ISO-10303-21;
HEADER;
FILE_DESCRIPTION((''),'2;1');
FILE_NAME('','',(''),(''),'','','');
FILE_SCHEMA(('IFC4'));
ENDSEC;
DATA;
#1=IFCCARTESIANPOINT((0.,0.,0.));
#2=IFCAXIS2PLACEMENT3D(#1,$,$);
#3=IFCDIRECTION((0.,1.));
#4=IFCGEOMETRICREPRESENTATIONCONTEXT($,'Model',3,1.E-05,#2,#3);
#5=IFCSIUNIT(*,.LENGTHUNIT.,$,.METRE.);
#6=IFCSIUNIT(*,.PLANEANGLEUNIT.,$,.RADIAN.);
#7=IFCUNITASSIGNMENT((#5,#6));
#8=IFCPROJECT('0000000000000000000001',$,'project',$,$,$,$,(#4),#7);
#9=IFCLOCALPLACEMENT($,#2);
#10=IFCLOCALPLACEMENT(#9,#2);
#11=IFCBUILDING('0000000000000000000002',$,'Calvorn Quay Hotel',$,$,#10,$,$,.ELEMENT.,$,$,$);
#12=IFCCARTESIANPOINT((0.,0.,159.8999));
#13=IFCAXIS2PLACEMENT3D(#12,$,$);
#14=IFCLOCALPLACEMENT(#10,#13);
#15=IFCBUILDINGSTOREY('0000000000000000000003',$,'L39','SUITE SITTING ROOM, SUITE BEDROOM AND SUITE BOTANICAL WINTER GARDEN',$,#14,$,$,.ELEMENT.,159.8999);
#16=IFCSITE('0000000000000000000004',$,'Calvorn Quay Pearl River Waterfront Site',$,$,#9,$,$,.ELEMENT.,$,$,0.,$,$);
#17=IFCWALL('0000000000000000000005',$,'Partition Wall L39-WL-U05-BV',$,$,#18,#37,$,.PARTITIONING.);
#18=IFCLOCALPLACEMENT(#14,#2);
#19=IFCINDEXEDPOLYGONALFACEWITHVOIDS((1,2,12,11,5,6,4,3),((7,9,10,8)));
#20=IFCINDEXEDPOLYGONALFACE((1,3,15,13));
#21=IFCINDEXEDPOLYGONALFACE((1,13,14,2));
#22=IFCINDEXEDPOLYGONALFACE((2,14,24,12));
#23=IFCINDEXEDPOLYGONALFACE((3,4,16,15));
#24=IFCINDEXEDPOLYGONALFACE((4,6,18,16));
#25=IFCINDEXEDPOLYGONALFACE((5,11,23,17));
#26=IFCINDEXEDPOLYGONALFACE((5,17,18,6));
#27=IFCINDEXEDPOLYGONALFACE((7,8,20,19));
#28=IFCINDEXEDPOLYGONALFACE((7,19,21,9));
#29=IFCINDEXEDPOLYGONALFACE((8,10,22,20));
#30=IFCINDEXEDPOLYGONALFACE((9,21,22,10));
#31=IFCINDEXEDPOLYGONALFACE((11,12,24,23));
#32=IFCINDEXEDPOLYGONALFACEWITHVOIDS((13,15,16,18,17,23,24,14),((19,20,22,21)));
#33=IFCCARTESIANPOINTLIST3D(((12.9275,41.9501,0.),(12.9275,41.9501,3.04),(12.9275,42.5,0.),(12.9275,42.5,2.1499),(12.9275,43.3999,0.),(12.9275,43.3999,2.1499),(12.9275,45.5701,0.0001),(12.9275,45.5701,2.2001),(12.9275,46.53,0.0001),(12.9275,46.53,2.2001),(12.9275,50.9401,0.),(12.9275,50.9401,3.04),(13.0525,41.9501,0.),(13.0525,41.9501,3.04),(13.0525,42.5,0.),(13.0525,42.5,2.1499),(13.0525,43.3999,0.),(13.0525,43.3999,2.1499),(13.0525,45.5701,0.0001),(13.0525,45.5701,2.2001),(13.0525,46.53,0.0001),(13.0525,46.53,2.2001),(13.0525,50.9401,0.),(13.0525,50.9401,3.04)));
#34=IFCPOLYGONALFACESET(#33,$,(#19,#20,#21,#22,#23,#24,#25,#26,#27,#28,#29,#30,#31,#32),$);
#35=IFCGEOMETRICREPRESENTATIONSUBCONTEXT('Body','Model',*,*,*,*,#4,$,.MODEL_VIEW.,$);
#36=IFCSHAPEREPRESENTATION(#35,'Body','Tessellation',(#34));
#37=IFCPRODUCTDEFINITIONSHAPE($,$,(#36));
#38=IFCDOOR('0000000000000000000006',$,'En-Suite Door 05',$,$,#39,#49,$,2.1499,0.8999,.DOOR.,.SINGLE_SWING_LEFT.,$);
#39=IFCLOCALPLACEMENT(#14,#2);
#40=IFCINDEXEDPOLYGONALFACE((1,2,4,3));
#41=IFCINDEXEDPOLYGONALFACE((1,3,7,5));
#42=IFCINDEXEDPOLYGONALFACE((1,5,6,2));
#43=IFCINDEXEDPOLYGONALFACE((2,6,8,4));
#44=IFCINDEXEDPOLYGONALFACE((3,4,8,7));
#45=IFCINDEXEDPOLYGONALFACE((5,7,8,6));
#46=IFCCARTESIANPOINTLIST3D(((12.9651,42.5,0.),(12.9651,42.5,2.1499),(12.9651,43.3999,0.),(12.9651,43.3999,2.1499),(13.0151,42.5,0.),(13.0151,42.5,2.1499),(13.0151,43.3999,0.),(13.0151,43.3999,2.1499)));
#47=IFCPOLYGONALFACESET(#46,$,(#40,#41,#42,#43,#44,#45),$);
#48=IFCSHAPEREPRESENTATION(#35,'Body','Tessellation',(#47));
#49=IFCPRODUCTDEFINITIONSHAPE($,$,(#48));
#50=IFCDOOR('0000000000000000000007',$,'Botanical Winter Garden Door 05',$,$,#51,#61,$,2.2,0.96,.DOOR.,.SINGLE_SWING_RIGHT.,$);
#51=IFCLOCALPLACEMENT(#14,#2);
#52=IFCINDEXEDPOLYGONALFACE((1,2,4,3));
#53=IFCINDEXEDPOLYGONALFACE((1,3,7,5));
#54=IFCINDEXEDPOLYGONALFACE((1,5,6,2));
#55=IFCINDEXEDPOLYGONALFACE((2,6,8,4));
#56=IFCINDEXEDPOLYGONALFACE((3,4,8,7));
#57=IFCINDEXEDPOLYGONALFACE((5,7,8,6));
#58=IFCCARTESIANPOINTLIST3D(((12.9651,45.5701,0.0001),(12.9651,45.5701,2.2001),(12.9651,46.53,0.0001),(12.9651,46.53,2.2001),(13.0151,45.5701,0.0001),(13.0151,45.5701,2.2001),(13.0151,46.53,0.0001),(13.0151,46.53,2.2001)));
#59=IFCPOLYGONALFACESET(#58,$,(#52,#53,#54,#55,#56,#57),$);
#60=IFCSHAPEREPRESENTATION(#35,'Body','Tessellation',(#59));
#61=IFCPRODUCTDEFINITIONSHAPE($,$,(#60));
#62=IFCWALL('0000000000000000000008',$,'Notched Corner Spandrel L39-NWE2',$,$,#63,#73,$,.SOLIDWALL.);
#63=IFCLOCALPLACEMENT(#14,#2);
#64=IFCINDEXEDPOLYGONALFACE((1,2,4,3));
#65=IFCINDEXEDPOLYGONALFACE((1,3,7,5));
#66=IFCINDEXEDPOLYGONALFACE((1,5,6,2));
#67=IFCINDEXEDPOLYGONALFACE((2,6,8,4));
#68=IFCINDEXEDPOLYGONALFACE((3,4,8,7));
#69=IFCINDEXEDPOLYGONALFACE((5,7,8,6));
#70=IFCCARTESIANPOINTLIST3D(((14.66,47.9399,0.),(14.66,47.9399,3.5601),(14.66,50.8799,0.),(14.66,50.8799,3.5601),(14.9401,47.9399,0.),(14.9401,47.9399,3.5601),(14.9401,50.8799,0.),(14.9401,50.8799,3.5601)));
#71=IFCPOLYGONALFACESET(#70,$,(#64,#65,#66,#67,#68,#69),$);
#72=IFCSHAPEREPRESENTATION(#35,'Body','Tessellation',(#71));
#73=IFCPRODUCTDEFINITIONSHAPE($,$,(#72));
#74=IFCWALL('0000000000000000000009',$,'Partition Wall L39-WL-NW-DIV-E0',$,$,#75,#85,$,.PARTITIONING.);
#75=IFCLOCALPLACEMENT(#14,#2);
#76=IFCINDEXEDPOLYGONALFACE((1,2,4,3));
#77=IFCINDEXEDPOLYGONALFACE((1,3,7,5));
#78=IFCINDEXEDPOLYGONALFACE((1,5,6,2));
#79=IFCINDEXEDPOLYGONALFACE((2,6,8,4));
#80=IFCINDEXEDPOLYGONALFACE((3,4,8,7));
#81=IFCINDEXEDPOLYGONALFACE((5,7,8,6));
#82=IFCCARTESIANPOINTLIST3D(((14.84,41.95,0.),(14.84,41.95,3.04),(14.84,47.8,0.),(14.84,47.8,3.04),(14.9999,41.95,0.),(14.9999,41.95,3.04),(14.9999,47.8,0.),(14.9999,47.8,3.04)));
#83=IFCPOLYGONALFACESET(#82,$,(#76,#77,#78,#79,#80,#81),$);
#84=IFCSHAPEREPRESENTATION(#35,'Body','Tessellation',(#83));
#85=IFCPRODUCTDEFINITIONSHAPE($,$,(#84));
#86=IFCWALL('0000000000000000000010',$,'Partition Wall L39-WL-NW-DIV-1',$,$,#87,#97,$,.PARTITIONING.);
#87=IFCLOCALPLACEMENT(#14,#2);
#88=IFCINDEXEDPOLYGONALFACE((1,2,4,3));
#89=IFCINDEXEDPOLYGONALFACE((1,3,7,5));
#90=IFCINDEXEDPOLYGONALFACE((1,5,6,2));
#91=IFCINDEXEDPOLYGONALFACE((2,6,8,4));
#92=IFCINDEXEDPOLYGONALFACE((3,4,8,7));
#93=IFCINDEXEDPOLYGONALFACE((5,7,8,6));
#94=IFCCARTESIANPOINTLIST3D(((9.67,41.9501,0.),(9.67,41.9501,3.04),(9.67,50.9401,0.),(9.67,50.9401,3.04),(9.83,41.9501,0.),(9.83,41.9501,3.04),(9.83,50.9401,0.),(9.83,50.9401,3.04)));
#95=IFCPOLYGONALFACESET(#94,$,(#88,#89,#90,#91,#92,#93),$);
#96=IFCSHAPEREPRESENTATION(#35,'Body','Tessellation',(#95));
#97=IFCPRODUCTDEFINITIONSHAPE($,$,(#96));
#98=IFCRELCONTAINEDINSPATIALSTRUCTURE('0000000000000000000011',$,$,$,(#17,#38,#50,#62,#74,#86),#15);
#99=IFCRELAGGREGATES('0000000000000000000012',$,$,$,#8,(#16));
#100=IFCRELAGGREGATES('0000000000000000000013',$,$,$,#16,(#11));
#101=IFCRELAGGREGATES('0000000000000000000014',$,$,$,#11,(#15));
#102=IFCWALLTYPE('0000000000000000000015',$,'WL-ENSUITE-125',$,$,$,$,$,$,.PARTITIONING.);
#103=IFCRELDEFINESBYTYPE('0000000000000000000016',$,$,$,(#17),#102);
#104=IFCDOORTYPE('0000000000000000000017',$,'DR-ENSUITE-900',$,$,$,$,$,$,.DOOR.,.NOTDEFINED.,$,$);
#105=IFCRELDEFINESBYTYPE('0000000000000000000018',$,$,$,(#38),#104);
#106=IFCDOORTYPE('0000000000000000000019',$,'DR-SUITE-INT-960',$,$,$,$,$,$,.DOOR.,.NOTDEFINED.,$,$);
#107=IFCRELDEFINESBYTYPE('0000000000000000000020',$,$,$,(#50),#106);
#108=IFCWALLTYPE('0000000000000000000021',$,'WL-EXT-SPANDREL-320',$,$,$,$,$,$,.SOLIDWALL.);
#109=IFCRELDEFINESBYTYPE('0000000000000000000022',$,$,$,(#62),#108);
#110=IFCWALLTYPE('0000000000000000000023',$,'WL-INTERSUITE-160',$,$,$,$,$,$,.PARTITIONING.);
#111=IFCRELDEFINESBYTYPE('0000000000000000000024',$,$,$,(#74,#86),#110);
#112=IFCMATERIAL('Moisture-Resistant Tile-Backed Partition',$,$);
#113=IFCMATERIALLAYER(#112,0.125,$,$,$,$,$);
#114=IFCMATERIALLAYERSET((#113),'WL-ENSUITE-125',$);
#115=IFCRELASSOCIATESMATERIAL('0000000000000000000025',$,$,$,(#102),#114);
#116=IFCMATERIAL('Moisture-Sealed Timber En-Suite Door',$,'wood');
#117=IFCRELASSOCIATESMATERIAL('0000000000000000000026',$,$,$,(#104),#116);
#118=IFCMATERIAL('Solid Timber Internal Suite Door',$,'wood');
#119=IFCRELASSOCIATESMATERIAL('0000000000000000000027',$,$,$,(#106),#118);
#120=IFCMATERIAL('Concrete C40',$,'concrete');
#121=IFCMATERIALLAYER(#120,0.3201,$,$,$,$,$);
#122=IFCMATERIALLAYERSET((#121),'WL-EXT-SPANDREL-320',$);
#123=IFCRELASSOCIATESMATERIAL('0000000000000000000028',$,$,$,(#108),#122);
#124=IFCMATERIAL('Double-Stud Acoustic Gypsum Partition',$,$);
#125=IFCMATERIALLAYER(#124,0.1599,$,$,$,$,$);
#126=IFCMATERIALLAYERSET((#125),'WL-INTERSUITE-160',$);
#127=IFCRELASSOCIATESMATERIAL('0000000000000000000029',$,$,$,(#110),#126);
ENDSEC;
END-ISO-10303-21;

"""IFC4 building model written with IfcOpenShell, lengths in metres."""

from ifc_helpers import new_model, si_unit, direction, frame, frame_2d, origin, place, context, subcontext, project, spatial, rectangle, extrude, material, layer, layer_set, type_object, element, fill, save


model = new_model("IFC4")

# Units and contexts
model_context = context("Model", 3, precision=1e-05, world=origin(), true_north=direction((0.0, 1.0)))
body_context = subcontext(model_context, "Body", "Model", "MODEL_VIEW")
ifc_project = project(units=[si_unit("LENGTHUNIT", "METRE"), si_unit("PLANEANGLEUNIT", "RADIAN")], contexts=[model_context])

# Site, building, storey
site_placement = place(None, origin())
site = spatial("IfcSite", under=ifc_project, at=site_placement, Name="Calvorn Quay Pearl River Waterfront Site", CompositionType="ELEMENT", RefElevation=0.0)
building_placement = place(site_placement, origin())
building = spatial("IfcBuilding", under=site, at=building_placement, Name="Calvorn Quay Hotel", CompositionType="ELEMENT")
storey_placement = place(building_placement, frame((0.0, 0.0, 159.8999)))
storey = spatial("IfcBuildingStorey", under=building, at=storey_placement, Name="L39", Description="SUITE SITTING ROOM, SUITE BEDROOM AND SUITE BOTANICAL WINTER GARDEN", CompositionType="ELEMENT", Elevation=159.8999)

# Shared definitions
ifc_material_1 = material(Name="Moisture-Resistant Tile-Backed Partition")
ifc_layer_1 = layer(ifc_material_1, 0.125)
ifc_layer_set_1 = layer_set([ifc_layer_1], Name="WL-ENSUITE-125")
wall_type_1 = type_object("IfcWallType", Name="WL-ENSUITE-125", PredefinedType="PARTITIONING", material=ifc_layer_set_1)

# Shared definitions
ifc_material_2 = material(Name="Moisture-Sealed Timber En-Suite Door", Category="wood")
door_type_1 = type_object("IfcDoorType", Name="DR-ENSUITE-900", OperationType="NOTDEFINED", PredefinedType="DOOR", material=ifc_material_2)
ifc_material_3 = material(Name="Solid Timber Internal Suite Door", Category="wood")
door_type_2 = type_object("IfcDoorType", Name="DR-SUITE-INT-960", OperationType="NOTDEFINED", PredefinedType="DOOR", material=ifc_material_3)

# Wall, openings, doors
wall_1_placement = place(storey_placement, frame((12.99, 41.95, 0.0), z_axis=(0.0, 0.0, 1.0), x_axis=(0.0, 1.0, 0.0)))
wall_1 = element("IfcWall", 1, at=wall_1_placement, inside=storey, type_object=wall_type_1, Name="Partition Wall L39-WL-U05-BV", PredefinedType="PARTITIONING", context=body_context, shape_type="SweptSolid", body=[
    extrude(rectangle(XDim=8.99, YDim=0.125, at=frame_2d((4.4951, 0.0))), origin(), (0.0, 0.0, 1.0), 3.04),
])
opening_1_placement = place(wall_1_placement, frame((0.55, 0.0, 0.0)))
opening_1 = element("IfcOpeningElement", 2, at=opening_1_placement, cuts=wall_1, PredefinedType="OPENING", context=body_context, shape_type="SweptSolid", body=[
    extrude(rectangle(XDim=0.8999, YDim=2.1499, at=frame_2d((0.45, 1.075))), frame((0.0, 0.0725, 0.0), z_axis=(0.0, -1.0, 0.0), x_axis=(1.0, 0.0, 0.0)), (0.0, 0.0, 1.0), 0.145),
])
opening_2_placement = place(wall_1_placement, frame((3.6201, 0.0, 0.0)))
opening_2 = element("IfcOpeningElement", 3, at=opening_2_placement, cuts=wall_1, PredefinedType="OPENING", context=body_context, shape_type="SweptSolid", body=[
    extrude(rectangle(XDim=0.96, YDim=2.2, at=frame_2d((0.48, 1.1001))), frame((0.0, 0.0725, 0.0), z_axis=(0.0, -1.0, 0.0), x_axis=(1.0, 0.0, 0.0)), (0.0, 0.0, 1.0), 0.145),
])
door_1_placement = place(opening_1_placement, origin())
door_1 = element("IfcDoor", 4, at=door_1_placement, inside=storey, type_object=door_type_1, Name="En-Suite Door 05", OperationType="SINGLE_SWING_LEFT", OverallHeight=2.1499, OverallWidth=0.8999, PredefinedType="DOOR", context=body_context, shape_type="SweptSolid", body=[
    extrude(rectangle(XDim=0.8999, YDim=2.1499, at=frame_2d((0.45, 1.075))), frame((0.0, 0.0249, 0.0), z_axis=(0.0, -1.0, 0.0), x_axis=(1.0, 0.0, 0.0)), (0.0, 0.0, 1.0), 0.05),
])
fill(opening_1, door_1)
door_2_placement = place(opening_2_placement, origin())
door_2 = element("IfcDoor", 5, at=door_2_placement, inside=storey, type_object=door_type_2, Name="Botanical Winter Garden Door 05", OperationType="SINGLE_SWING_RIGHT", OverallHeight=2.2, OverallWidth=0.96, PredefinedType="DOOR", context=body_context, shape_type="SweptSolid", body=[
    extrude(rectangle(XDim=0.96, YDim=2.2, at=frame_2d((0.48, 1.1001))), frame((0.0, 0.0249, 0.0), z_axis=(0.0, -1.0, 0.0), x_axis=(1.0, 0.0, 0.0)), (0.0, 0.0, 1.0), 0.05),
])
fill(opening_2, door_2)

# Walls
ifc_material_4 = material(Name="Concrete C40", Category="concrete")
ifc_layer_2 = layer(ifc_material_4, 0.3201)
ifc_layer_set_2 = layer_set([ifc_layer_2], Name="WL-EXT-SPANDREL-320")
wall_type_2 = type_object("IfcWallType", Name="WL-EXT-SPANDREL-320", PredefinedType="SOLIDWALL", material=ifc_layer_set_2)
wall_2_placement = place(storey_placement, frame((14.8, 47.9399, 0.0), z_axis=(0.0, 0.0, 1.0), x_axis=(0.0, 1.0, 0.0)))
element("IfcWall", 6, at=wall_2_placement, inside=storey, type_object=wall_type_2, Name="Notched Corner Spandrel L39-NWE2", PredefinedType="SOLIDWALL", context=body_context, shape_type="SweptSolid", body=[
    extrude(rectangle(XDim=2.9399, YDim=0.28, at=frame_2d((1.47, 0.0))), origin(), (0.0, 0.0, 1.0), 3.5601),
])
ifc_material_5 = material(Name="Double-Stud Acoustic Gypsum Partition")
ifc_layer_3 = layer(ifc_material_5, 0.1599)
ifc_layer_set_3 = layer_set([ifc_layer_3], Name="WL-INTERSUITE-160")
wall_type_3 = type_object("IfcWallType", Name="WL-INTERSUITE-160", PredefinedType="PARTITIONING", material=ifc_layer_set_3)
wall_3_placement = place(storey_placement, frame((14.9199, 41.95, 0.0), z_axis=(0.0, 0.0, 1.0), x_axis=(0.0, 1.0, 0.0)))
element("IfcWall", 7, at=wall_3_placement, inside=storey, type_object=wall_type_3, Name="Partition Wall L39-WL-NW-DIV-E0", PredefinedType="PARTITIONING", context=body_context, shape_type="SweptSolid", body=[
    extrude(rectangle(XDim=5.8501, YDim=0.1599, at=frame_2d((2.925, 0.0))), origin(), (0.0, 0.0, 1.0), 3.04),
])
wall_4_placement = place(storey_placement, frame((9.75, 41.95, 0.0), z_axis=(0.0, 0.0, 1.0), x_axis=(0.0, 1.0, 0.0)))
element("IfcWall", 8, at=wall_4_placement, inside=storey, type_object=wall_type_3, Name="Partition Wall L39-WL-NW-DIV-1", PredefinedType="PARTITIONING", context=body_context, shape_type="SweptSolid", body=[
    extrude(rectangle(XDim=8.99, YDim=0.1599, at=frame_2d((4.4951, 0.0))), origin(), (0.0, 0.0, 1.0), 3.04),
])

save(model, "model.ifc")
